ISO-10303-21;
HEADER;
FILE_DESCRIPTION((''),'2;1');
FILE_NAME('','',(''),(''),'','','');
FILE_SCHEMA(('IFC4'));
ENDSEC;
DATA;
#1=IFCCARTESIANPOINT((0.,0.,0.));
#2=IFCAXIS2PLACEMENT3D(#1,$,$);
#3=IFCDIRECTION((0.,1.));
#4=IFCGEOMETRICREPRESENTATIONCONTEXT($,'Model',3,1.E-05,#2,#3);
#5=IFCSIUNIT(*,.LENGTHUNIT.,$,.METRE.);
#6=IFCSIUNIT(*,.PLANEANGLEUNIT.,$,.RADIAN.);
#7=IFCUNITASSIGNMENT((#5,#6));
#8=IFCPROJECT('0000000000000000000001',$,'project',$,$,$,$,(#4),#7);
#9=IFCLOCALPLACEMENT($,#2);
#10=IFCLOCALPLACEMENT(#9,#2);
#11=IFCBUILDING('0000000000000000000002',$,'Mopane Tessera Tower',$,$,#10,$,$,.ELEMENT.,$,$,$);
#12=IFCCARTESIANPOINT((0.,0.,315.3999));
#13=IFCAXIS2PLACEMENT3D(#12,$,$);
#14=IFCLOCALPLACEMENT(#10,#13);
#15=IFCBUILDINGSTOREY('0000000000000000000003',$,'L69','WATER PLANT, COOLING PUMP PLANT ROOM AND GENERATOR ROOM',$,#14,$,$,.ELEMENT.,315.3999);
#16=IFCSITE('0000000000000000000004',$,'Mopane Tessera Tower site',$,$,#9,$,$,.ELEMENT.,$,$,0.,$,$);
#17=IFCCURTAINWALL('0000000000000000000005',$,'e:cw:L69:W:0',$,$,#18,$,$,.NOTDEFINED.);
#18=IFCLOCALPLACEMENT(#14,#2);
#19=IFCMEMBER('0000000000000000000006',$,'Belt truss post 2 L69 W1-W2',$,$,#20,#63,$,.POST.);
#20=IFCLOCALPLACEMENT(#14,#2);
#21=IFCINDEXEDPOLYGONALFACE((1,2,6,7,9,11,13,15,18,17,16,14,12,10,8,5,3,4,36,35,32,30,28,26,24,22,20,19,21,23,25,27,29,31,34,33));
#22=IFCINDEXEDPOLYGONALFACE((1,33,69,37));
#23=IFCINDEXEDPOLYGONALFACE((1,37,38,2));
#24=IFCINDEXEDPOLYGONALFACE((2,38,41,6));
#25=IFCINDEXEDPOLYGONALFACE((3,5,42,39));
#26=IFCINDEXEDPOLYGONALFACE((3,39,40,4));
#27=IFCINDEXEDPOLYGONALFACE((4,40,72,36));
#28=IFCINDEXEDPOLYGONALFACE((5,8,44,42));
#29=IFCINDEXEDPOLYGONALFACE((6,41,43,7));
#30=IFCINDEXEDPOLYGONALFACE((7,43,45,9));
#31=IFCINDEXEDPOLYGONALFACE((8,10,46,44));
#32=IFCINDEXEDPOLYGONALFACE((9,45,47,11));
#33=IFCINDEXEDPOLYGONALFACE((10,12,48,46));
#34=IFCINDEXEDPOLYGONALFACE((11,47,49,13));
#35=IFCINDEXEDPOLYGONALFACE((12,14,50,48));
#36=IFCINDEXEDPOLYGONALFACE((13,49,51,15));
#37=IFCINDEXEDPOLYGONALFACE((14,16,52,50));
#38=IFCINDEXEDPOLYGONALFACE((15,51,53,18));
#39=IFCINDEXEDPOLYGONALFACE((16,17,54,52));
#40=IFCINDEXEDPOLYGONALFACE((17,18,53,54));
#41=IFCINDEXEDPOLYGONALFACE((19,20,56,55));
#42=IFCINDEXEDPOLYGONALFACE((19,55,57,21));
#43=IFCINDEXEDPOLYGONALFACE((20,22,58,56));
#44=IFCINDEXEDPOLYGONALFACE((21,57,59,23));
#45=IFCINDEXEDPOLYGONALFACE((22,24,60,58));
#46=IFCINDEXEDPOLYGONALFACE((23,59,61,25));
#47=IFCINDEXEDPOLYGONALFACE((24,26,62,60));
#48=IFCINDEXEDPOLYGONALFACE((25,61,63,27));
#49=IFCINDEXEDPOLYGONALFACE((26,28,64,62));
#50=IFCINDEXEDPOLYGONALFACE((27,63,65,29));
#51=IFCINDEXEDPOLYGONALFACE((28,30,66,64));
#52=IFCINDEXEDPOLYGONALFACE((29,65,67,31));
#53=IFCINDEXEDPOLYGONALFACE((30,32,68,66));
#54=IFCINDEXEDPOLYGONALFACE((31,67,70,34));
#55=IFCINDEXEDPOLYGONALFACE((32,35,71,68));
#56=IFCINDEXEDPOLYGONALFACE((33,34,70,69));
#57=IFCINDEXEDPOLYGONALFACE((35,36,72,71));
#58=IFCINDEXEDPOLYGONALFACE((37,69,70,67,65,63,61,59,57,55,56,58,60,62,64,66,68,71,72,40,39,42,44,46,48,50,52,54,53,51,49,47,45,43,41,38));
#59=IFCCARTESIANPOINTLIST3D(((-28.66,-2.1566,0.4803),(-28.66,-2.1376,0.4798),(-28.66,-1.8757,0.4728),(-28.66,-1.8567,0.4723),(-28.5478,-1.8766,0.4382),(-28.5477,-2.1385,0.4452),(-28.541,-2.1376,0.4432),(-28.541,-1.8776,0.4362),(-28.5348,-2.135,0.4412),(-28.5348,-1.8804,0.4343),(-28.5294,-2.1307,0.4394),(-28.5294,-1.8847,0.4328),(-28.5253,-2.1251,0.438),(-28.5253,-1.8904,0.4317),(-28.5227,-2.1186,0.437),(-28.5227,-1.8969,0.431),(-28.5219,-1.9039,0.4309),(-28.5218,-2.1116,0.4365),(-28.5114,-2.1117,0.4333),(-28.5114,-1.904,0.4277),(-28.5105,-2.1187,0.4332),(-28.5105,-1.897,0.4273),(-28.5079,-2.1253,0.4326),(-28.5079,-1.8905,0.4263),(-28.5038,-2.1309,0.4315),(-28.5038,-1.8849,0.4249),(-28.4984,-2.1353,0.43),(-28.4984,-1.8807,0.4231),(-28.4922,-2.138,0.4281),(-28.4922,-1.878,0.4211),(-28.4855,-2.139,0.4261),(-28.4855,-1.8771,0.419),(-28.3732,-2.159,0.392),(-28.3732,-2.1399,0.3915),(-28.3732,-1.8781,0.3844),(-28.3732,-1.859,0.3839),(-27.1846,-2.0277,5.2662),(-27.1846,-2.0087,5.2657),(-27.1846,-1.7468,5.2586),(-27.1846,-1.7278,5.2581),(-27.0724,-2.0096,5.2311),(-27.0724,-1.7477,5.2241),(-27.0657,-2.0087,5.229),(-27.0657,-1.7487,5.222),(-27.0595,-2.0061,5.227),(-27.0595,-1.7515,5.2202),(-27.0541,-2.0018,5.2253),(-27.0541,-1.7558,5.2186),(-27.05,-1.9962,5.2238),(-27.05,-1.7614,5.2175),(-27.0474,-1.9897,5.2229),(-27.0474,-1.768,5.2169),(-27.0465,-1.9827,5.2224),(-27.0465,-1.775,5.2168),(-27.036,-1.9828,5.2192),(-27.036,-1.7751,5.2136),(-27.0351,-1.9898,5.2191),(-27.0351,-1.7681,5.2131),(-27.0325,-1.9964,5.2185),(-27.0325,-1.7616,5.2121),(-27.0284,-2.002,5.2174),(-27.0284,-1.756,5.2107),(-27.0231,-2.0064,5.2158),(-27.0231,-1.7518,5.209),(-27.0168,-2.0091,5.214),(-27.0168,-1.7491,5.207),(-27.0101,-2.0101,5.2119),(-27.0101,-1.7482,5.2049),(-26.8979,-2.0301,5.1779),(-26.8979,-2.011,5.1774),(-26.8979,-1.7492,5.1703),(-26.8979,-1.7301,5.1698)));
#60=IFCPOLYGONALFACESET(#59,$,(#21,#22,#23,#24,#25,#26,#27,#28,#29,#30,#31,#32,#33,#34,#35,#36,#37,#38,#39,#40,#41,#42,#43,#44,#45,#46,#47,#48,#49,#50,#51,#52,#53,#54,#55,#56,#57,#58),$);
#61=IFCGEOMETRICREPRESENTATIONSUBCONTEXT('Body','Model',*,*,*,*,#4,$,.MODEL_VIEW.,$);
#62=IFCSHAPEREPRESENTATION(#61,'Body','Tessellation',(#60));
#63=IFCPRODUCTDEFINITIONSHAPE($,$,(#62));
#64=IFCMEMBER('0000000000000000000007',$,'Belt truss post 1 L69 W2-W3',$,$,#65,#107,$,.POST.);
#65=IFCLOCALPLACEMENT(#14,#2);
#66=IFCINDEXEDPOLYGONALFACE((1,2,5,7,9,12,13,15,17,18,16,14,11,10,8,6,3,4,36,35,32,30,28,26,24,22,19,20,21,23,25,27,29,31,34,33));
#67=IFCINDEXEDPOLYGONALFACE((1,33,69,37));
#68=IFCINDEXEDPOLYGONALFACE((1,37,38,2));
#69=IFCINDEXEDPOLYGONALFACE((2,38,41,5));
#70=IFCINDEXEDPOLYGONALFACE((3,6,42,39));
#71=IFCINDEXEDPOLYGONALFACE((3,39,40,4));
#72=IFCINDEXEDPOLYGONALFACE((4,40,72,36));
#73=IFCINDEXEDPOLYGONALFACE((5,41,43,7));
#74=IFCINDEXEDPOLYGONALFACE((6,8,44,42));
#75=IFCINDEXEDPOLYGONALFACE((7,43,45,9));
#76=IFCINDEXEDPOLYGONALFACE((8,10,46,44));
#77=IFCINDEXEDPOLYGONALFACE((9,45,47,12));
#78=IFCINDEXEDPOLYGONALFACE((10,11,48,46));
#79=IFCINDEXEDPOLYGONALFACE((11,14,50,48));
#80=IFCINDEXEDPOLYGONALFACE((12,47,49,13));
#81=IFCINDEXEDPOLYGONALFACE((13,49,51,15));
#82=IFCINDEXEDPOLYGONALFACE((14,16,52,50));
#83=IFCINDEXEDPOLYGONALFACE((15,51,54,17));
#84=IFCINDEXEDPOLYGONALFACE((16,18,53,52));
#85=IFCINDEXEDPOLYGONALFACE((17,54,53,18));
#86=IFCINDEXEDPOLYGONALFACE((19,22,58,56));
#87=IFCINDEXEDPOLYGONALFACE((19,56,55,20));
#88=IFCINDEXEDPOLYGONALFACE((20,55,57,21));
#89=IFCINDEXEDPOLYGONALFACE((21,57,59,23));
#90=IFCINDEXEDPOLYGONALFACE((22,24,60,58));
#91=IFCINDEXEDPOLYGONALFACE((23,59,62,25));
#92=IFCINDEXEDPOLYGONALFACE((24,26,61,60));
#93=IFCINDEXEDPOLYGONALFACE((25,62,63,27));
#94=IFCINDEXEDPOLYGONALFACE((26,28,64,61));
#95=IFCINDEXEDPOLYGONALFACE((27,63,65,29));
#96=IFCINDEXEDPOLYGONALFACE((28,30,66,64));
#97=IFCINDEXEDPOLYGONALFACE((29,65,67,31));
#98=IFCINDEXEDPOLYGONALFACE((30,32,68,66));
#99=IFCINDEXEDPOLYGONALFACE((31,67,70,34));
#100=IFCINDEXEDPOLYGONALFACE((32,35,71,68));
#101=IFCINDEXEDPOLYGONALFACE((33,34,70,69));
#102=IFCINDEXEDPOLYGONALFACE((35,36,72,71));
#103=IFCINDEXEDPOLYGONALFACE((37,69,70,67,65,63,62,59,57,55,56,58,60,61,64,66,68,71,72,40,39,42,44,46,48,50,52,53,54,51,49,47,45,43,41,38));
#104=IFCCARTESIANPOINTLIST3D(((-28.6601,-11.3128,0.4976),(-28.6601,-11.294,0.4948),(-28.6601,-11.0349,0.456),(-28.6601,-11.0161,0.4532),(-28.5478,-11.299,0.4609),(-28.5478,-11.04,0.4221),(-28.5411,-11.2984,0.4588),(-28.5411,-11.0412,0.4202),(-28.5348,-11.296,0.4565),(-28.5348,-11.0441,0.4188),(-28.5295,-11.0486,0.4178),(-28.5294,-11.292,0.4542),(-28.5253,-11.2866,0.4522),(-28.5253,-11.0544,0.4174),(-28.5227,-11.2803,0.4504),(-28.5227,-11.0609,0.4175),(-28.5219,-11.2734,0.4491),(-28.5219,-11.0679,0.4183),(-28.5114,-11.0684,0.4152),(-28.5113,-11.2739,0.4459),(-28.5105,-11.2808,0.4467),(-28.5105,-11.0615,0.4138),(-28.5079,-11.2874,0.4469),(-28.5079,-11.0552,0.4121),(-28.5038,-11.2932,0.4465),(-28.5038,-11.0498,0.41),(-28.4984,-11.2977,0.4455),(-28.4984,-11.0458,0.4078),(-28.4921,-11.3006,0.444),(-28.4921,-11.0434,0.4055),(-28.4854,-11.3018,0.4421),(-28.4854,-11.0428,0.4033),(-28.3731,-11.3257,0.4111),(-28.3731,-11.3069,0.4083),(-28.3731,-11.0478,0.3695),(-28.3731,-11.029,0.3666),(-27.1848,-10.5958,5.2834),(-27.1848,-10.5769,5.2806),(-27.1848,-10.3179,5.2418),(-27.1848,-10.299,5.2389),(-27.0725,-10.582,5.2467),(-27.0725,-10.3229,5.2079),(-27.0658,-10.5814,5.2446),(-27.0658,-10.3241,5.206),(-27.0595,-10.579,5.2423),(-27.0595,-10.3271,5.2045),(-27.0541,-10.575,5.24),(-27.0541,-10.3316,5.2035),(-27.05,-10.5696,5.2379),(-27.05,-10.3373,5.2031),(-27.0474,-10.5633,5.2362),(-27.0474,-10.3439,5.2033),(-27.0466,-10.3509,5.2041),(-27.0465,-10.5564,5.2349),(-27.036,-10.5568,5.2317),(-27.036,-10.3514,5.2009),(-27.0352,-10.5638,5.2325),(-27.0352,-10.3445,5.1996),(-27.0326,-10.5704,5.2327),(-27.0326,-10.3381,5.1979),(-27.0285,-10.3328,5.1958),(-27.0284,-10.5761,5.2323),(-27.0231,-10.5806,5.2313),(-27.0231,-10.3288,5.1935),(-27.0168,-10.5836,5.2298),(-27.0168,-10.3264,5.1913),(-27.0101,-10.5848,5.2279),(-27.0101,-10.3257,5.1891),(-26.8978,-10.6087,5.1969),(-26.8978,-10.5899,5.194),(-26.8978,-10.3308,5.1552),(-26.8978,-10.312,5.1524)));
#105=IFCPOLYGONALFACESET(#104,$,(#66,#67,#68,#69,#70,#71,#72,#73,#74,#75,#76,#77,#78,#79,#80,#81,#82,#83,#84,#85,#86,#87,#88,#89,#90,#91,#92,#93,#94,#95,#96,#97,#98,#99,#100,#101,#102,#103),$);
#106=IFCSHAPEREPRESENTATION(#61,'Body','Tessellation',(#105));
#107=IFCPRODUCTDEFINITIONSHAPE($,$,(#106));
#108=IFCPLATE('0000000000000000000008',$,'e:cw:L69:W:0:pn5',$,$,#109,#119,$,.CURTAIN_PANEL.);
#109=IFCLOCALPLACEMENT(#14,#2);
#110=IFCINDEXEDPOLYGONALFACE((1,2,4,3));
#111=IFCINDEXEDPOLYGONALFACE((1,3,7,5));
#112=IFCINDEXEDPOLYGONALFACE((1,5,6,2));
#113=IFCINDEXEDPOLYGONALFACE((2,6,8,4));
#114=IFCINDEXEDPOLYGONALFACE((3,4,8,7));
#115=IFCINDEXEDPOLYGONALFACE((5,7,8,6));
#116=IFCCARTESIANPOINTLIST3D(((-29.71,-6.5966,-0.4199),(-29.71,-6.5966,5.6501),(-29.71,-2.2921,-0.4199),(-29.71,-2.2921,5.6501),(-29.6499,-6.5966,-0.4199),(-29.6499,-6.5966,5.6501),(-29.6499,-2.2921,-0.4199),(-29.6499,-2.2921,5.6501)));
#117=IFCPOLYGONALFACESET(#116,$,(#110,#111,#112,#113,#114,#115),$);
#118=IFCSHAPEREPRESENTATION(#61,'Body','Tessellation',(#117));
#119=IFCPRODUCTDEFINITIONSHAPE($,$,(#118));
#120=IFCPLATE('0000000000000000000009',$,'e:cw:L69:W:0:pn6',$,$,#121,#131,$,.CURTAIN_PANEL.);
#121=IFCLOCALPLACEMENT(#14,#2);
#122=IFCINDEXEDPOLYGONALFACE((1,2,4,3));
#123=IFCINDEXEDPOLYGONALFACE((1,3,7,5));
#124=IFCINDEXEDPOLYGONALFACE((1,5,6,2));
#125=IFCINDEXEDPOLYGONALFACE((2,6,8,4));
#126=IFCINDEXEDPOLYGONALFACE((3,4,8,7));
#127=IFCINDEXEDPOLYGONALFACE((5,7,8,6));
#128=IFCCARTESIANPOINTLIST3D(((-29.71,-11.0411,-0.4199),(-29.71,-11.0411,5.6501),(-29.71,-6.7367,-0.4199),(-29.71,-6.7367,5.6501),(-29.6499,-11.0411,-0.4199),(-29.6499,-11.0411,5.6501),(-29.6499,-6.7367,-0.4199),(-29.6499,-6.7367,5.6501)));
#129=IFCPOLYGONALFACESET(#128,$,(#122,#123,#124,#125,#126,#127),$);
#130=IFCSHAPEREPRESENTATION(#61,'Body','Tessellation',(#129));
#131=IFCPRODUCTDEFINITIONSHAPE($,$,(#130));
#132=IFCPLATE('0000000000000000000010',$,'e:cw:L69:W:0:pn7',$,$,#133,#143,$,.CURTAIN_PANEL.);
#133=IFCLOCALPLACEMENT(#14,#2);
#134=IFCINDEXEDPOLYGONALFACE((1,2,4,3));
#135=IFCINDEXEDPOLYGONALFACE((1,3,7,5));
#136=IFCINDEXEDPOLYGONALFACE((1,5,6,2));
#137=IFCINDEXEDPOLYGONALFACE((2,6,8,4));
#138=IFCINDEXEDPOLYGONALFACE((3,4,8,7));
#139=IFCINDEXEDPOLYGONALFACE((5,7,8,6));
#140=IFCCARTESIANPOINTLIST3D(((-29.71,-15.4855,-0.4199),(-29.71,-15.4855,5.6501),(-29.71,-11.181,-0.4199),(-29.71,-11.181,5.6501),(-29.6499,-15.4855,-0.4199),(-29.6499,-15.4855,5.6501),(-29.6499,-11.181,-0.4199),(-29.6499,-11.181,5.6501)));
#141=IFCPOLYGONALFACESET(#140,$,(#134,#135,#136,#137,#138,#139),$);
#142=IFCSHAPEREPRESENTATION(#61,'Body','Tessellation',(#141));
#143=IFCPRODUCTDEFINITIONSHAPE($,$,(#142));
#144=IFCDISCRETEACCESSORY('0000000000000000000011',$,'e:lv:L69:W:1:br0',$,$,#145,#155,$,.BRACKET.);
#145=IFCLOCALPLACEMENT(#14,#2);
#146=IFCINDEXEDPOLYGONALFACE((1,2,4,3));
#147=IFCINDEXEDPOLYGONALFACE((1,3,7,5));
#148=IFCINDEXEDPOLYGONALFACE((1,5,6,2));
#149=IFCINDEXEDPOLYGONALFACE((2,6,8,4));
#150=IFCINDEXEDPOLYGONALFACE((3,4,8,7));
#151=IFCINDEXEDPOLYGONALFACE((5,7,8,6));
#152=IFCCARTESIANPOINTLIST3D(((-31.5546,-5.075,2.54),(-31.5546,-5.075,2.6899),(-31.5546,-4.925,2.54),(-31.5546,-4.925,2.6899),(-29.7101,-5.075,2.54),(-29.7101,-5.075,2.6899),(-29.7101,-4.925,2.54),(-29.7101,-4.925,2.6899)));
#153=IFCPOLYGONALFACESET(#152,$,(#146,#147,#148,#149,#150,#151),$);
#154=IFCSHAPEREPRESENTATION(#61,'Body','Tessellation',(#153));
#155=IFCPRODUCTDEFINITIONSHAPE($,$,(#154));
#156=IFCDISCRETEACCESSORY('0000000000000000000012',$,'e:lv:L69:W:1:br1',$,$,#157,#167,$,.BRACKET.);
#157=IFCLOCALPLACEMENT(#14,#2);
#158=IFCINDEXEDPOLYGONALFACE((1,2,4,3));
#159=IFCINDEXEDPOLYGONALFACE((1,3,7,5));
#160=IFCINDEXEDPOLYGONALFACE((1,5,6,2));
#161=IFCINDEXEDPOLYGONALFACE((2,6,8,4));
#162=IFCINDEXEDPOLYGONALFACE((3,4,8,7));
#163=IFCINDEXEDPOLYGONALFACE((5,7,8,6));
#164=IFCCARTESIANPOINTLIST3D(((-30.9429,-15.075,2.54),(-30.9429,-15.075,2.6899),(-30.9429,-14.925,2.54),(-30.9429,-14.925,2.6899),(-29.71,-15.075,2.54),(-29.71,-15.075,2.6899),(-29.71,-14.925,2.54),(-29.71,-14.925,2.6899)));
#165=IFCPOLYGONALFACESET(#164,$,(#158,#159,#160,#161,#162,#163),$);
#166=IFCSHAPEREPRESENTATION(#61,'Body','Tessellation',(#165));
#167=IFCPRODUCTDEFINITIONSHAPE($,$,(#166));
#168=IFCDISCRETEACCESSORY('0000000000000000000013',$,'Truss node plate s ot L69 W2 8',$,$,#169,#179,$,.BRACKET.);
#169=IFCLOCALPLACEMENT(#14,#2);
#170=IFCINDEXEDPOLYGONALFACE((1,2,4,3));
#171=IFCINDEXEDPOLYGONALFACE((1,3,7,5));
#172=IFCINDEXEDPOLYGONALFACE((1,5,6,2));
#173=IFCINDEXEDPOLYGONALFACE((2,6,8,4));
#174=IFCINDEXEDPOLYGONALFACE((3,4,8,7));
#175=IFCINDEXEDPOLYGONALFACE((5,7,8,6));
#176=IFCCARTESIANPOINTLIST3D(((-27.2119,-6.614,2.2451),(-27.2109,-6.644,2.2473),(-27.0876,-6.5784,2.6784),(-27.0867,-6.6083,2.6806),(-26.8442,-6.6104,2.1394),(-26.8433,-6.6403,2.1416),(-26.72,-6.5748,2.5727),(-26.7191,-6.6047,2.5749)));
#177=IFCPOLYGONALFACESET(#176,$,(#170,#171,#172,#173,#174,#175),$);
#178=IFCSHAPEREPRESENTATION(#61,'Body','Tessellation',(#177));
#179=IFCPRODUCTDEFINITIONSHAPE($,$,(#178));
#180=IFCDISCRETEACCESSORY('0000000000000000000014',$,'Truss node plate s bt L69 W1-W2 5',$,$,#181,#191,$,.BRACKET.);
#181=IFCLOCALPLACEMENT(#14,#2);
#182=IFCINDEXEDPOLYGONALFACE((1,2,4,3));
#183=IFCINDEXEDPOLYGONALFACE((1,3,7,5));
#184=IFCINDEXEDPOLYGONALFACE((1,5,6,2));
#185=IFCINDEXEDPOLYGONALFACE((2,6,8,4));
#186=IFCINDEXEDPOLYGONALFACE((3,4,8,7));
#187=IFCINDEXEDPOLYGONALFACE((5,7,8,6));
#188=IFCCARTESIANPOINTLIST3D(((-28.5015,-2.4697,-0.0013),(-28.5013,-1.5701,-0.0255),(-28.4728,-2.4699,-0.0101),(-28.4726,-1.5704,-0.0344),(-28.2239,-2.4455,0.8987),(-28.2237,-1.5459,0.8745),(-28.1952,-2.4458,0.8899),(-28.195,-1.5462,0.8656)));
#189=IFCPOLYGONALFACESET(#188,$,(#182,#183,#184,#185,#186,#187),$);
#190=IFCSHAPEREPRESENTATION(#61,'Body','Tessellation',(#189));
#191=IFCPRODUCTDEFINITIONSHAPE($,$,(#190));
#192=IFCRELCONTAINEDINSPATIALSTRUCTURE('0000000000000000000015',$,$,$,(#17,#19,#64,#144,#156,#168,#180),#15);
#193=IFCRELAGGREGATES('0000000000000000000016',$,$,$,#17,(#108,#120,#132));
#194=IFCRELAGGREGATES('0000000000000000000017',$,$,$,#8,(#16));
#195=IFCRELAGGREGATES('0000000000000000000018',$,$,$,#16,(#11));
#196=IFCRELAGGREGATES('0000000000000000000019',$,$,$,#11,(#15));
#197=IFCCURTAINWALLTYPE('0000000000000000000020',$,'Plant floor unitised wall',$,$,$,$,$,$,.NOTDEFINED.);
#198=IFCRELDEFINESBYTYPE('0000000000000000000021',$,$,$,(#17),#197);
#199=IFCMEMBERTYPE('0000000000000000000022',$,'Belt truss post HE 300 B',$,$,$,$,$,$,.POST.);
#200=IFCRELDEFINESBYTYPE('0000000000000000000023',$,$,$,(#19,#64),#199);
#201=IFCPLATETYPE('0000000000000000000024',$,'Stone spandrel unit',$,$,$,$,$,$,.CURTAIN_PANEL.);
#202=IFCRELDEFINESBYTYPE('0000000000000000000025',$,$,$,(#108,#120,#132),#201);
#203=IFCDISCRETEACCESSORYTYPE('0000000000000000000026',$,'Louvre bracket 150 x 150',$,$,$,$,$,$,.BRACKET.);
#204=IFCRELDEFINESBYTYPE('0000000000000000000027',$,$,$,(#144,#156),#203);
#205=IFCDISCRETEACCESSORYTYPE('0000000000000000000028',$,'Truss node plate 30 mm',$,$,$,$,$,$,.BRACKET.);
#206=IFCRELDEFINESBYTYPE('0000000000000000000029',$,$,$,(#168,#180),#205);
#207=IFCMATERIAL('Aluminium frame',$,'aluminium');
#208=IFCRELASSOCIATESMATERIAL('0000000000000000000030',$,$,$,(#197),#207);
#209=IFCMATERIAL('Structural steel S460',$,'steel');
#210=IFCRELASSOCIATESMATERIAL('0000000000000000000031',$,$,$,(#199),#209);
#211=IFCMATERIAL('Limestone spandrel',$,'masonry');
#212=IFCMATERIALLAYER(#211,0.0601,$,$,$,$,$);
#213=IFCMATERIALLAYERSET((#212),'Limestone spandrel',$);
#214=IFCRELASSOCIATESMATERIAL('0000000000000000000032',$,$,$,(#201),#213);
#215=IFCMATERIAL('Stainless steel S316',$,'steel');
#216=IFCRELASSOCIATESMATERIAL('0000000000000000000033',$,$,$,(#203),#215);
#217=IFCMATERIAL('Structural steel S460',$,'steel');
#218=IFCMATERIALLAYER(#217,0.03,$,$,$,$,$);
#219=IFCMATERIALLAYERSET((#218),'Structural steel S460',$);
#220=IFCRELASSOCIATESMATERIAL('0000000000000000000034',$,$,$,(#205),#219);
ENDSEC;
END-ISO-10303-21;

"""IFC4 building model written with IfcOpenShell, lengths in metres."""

from ifc_helpers import new_model, si_unit, direction, frame, origin, origin_2d, place, context, subcontext, project, spatial, rectangle, i_section, extrude, material, layer, layer_set, material_profile, profile_set, type_object, element, aggregate, save


model = new_model("IFC4")

# Units and contexts
model_context = context("Model", 3, precision=1e-05, world=origin(), true_north=direction((0.0, 1.0)))
body_context = subcontext(model_context, "Body", "Model", "MODEL_VIEW")
ifc_project = project(units=[si_unit("LENGTHUNIT", "METRE"), si_unit("PLANEANGLEUNIT", "RADIAN")], contexts=[model_context])

# Site, building, storey
site_placement = place(None, origin())
site = spatial("IfcSite", under=ifc_project, at=site_placement, Name="Mopane Tessera Tower site", CompositionType="ELEMENT", RefElevation=0.0)
building_placement = place(site_placement, origin())
building = spatial("IfcBuilding", under=site, at=building_placement, Name="Mopane Tessera Tower", CompositionType="ELEMENT")
storey_placement = place(building_placement, frame((0.0, 0.0, 315.3999)))
storey = spatial("IfcBuildingStorey", under=building, at=storey_placement, Name="L69", Description="WATER PLANT, COOLING PUMP PLANT ROOM AND GENERATOR ROOM", CompositionType="ELEMENT", Elevation=315.3999)

# Curtain wall
ifc_material_1 = material(Name="Aluminium frame", Category="aluminium")
curtain_wall_type = type_object("IfcCurtainWallType", Name="Plant floor unitised wall", PredefinedType="NOTDEFINED", material=ifc_material_1)
curtain_wall_placement = place(storey_placement, origin())
curtain_wall = element("IfcCurtainWall", 1, at=curtain_wall_placement, inside=storey, type_object=curtain_wall_type, Name="e:cw:L69:W:0", PredefinedType="NOTDEFINED")

# Members
ifc_material_2 = material(Name="Structural steel S460", Category="steel")
ifc_material_profile_1 = material_profile(ifc_material_2, i_section(OverallWidth=0.3, OverallDepth=0.3, WebThickness=0.011, FlangeThickness=0.019, FilletRadius=0.0271, at=origin_2d()))
ifc_profile_set_1 = profile_set([ifc_material_profile_1], Name="Structural steel S460")
member_type_1 = type_object("IfcMemberType", Name="Belt truss post HE 300 B", PredefinedType="POST", material=ifc_profile_set_1)
member_1_placement = place(storey_placement, frame((-28.5166, -2.0078, 0.4321), z_axis=(0.294492, 0.025731, 0.955308), x_axis=(0.955654, -0.007911, -0.294386)))
element("IfcMember", 2, at=member_1_placement, inside=storey, type_object=member_type_1, Name="Belt truss post 2 L69 W1-W2", PredefinedType="POST", context=body_context, shape_type="SweptSolid", body=[
    extrude(i_section(OverallWidth=0.3, OverallDepth=0.3, WebThickness=0.011, FlangeThickness=0.019, FilletRadius=0.0271, at=origin_2d()), origin(), (0.0, 0.0, 1.0), 5.0098),
])
member_2_placement = place(storey_placement, frame((-28.5166, -11.1709, 0.4321), z_axis=(0.291616, 0.14173, 0.945977), x_axis=(0.956536, -0.043169, -0.288403)))
element("IfcMember", 3, at=member_2_placement, inside=storey, type_object=member_type_1, Name="Belt truss post 1 L69 W2-W3", PredefinedType="POST", context=body_context, shape_type="SweptSolid", body=[
    extrude(i_section(OverallWidth=0.3, OverallDepth=0.3, WebThickness=0.011, FlangeThickness=0.019, FilletRadius=0.0271, at=origin_2d()), origin(), (0.0, 0.0, 1.0), 5.0591),
])

# Plates
ifc_material_3 = material(Name="Limestone spandrel", Category="masonry")
ifc_layer_1 = layer(ifc_material_3, 0.0601)
ifc_layer_set_1 = layer_set([ifc_layer_1], Name="Limestone spandrel")
plate_type = type_object("IfcPlateType", Name="Stone spandrel unit", PredefinedType="CURTAIN_PANEL", material=ifc_layer_set_1)
plate_1_placement = place(storey_placement, frame((-29.6799, -4.4443, -0.4199), z_axis=(0.0, 0.0, 1.0), x_axis=(0.0, -1.0, 0.0)))
plate_1 = element("IfcPlate", 4, at=plate_1_placement, type_object=plate_type, Name="e:cw:L69:W:0:pn5", PredefinedType="CURTAIN_PANEL", context=body_context, shape_type="SweptSolid", body=[
    extrude(rectangle(XDim=4.3044, YDim=0.0601, at=origin_2d()), origin(), (0.0, 0.0, 1.0), 6.0701),
])
plate_2_placement = place(storey_placement, frame((-29.6799, -8.8889, -0.4199), z_axis=(0.0, 0.0, 1.0), x_axis=(0.0, -1.0, 0.0)))
plate_2 = element("IfcPlate", 5, at=plate_2_placement, type_object=plate_type, Name="e:cw:L69:W:0:pn6", PredefinedType="CURTAIN_PANEL", context=body_context, shape_type="SweptSolid", body=[
    extrude(rectangle(XDim=4.3044, YDim=0.0601, at=origin_2d()), origin(), (0.0, 0.0, 1.0), 6.0701),
])
plate_3_placement = place(storey_placement, frame((-29.6799, -13.3333, -0.4199), z_axis=(0.0, 0.0, 1.0), x_axis=(0.0, -1.0, 0.0)))
plate_3 = element("IfcPlate", 6, at=plate_3_placement, type_object=plate_type, Name="e:cw:L69:W:0:pn7", PredefinedType="CURTAIN_PANEL", context=body_context, shape_type="SweptSolid", body=[
    extrude(rectangle(XDim=4.3044, YDim=0.0601, at=origin_2d()), origin(), (0.0, 0.0, 1.0), 6.0701),
])
aggregate(curtain_wall, [plate_1, plate_2, plate_3])

# Discrete accessories
ifc_material_4 = material(Name="Stainless steel S316", Category="steel")
discrete_accessory_type_1 = type_object("IfcDiscreteAccessoryType", Name="Louvre bracket 150 x 150", PredefinedType="BRACKET", material=ifc_material_4)
discrete_accessory_1_placement = place(storey_placement, frame((-30.6323, -5.0, 2.54), z_axis=(0.0, 0.0, 1.0), x_axis=(-1.0, 0.0, 0.0)))
element("IfcDiscreteAccessory", 7, at=discrete_accessory_1_placement, inside=storey, type_object=discrete_accessory_type_1, Name="e:lv:L69:W:1:br0", PredefinedType="BRACKET", context=body_context, shape_type="SweptSolid", body=[
    extrude(rectangle(XDim=1.8445, YDim=0.1499, at=origin_2d()), origin(), (0.0, 0.0, 1.0), 0.1499),
])
discrete_accessory_2_placement = place(storey_placement, frame((-30.3264, -15.0, 2.54), z_axis=(0.0, 0.0, 1.0), x_axis=(-1.0, 0.0, 0.0)))
element("IfcDiscreteAccessory", 8, at=discrete_accessory_2_placement, inside=storey, type_object=discrete_accessory_type_1, Name="e:lv:L69:W:1:br1", PredefinedType="BRACKET", context=body_context, shape_type="SweptSolid", body=[
    extrude(rectangle(XDim=1.2329, YDim=0.1499, at=origin_2d()), origin(), (0.0, 0.0, 1.0), 0.1499),
])
ifc_material_5 = material(Name="Structural steel S460", Category="steel")
ifc_layer_2 = layer(ifc_material_5, 0.03)
ifc_layer_set_2 = layer_set([ifc_layer_2], Name="Structural steel S460")
discrete_accessory_type_2 = type_object("IfcDiscreteAccessoryType", Name="Truss node plate 30 mm", PredefinedType="BRACKET", material=ifc_layer_set_2)
discrete_accessory_3_placement = place(storey_placement, frame((-27.0276, -6.6272, 2.1934), z_axis=(0.274793, 0.078821, 0.958267), x_axis=(0.030888, -0.996844, 0.073137)))
element("IfcDiscreteAccessory", 9, at=discrete_accessory_3_placement, inside=storey, type_object=discrete_accessory_type_2, Name="Truss node plate s ot L69 W2 8", PredefinedType="BRACKET", context=body_context, shape_type="SweptSolid", body=[
    extrude(rectangle(XDim=0.03, YDim=0.3826, at=origin_2d()), origin(), (0.0, 0.0, 1.0), 0.4521),
])
discrete_accessory_4_placement = place(storey_placement, frame((-28.4871, -2.02, -0.0178), z_axis=(0.294663, 0.025657, 0.955257), x_axis=(0.955601, -0.008202, -0.294549)))
element("IfcDiscreteAccessory", 10, at=discrete_accessory_4_placement, inside=storey, type_object=discrete_accessory_type_2, Name="Truss node plate s bt L69 W1-W2 5", PredefinedType="BRACKET", context=body_context, shape_type="SweptSolid", body=[
    extrude(rectangle(XDim=0.03, YDim=0.8999, at=origin_2d()), origin(), (0.0, 0.0, 1.0), 0.9421),
])

save(model, "model.ifc")
